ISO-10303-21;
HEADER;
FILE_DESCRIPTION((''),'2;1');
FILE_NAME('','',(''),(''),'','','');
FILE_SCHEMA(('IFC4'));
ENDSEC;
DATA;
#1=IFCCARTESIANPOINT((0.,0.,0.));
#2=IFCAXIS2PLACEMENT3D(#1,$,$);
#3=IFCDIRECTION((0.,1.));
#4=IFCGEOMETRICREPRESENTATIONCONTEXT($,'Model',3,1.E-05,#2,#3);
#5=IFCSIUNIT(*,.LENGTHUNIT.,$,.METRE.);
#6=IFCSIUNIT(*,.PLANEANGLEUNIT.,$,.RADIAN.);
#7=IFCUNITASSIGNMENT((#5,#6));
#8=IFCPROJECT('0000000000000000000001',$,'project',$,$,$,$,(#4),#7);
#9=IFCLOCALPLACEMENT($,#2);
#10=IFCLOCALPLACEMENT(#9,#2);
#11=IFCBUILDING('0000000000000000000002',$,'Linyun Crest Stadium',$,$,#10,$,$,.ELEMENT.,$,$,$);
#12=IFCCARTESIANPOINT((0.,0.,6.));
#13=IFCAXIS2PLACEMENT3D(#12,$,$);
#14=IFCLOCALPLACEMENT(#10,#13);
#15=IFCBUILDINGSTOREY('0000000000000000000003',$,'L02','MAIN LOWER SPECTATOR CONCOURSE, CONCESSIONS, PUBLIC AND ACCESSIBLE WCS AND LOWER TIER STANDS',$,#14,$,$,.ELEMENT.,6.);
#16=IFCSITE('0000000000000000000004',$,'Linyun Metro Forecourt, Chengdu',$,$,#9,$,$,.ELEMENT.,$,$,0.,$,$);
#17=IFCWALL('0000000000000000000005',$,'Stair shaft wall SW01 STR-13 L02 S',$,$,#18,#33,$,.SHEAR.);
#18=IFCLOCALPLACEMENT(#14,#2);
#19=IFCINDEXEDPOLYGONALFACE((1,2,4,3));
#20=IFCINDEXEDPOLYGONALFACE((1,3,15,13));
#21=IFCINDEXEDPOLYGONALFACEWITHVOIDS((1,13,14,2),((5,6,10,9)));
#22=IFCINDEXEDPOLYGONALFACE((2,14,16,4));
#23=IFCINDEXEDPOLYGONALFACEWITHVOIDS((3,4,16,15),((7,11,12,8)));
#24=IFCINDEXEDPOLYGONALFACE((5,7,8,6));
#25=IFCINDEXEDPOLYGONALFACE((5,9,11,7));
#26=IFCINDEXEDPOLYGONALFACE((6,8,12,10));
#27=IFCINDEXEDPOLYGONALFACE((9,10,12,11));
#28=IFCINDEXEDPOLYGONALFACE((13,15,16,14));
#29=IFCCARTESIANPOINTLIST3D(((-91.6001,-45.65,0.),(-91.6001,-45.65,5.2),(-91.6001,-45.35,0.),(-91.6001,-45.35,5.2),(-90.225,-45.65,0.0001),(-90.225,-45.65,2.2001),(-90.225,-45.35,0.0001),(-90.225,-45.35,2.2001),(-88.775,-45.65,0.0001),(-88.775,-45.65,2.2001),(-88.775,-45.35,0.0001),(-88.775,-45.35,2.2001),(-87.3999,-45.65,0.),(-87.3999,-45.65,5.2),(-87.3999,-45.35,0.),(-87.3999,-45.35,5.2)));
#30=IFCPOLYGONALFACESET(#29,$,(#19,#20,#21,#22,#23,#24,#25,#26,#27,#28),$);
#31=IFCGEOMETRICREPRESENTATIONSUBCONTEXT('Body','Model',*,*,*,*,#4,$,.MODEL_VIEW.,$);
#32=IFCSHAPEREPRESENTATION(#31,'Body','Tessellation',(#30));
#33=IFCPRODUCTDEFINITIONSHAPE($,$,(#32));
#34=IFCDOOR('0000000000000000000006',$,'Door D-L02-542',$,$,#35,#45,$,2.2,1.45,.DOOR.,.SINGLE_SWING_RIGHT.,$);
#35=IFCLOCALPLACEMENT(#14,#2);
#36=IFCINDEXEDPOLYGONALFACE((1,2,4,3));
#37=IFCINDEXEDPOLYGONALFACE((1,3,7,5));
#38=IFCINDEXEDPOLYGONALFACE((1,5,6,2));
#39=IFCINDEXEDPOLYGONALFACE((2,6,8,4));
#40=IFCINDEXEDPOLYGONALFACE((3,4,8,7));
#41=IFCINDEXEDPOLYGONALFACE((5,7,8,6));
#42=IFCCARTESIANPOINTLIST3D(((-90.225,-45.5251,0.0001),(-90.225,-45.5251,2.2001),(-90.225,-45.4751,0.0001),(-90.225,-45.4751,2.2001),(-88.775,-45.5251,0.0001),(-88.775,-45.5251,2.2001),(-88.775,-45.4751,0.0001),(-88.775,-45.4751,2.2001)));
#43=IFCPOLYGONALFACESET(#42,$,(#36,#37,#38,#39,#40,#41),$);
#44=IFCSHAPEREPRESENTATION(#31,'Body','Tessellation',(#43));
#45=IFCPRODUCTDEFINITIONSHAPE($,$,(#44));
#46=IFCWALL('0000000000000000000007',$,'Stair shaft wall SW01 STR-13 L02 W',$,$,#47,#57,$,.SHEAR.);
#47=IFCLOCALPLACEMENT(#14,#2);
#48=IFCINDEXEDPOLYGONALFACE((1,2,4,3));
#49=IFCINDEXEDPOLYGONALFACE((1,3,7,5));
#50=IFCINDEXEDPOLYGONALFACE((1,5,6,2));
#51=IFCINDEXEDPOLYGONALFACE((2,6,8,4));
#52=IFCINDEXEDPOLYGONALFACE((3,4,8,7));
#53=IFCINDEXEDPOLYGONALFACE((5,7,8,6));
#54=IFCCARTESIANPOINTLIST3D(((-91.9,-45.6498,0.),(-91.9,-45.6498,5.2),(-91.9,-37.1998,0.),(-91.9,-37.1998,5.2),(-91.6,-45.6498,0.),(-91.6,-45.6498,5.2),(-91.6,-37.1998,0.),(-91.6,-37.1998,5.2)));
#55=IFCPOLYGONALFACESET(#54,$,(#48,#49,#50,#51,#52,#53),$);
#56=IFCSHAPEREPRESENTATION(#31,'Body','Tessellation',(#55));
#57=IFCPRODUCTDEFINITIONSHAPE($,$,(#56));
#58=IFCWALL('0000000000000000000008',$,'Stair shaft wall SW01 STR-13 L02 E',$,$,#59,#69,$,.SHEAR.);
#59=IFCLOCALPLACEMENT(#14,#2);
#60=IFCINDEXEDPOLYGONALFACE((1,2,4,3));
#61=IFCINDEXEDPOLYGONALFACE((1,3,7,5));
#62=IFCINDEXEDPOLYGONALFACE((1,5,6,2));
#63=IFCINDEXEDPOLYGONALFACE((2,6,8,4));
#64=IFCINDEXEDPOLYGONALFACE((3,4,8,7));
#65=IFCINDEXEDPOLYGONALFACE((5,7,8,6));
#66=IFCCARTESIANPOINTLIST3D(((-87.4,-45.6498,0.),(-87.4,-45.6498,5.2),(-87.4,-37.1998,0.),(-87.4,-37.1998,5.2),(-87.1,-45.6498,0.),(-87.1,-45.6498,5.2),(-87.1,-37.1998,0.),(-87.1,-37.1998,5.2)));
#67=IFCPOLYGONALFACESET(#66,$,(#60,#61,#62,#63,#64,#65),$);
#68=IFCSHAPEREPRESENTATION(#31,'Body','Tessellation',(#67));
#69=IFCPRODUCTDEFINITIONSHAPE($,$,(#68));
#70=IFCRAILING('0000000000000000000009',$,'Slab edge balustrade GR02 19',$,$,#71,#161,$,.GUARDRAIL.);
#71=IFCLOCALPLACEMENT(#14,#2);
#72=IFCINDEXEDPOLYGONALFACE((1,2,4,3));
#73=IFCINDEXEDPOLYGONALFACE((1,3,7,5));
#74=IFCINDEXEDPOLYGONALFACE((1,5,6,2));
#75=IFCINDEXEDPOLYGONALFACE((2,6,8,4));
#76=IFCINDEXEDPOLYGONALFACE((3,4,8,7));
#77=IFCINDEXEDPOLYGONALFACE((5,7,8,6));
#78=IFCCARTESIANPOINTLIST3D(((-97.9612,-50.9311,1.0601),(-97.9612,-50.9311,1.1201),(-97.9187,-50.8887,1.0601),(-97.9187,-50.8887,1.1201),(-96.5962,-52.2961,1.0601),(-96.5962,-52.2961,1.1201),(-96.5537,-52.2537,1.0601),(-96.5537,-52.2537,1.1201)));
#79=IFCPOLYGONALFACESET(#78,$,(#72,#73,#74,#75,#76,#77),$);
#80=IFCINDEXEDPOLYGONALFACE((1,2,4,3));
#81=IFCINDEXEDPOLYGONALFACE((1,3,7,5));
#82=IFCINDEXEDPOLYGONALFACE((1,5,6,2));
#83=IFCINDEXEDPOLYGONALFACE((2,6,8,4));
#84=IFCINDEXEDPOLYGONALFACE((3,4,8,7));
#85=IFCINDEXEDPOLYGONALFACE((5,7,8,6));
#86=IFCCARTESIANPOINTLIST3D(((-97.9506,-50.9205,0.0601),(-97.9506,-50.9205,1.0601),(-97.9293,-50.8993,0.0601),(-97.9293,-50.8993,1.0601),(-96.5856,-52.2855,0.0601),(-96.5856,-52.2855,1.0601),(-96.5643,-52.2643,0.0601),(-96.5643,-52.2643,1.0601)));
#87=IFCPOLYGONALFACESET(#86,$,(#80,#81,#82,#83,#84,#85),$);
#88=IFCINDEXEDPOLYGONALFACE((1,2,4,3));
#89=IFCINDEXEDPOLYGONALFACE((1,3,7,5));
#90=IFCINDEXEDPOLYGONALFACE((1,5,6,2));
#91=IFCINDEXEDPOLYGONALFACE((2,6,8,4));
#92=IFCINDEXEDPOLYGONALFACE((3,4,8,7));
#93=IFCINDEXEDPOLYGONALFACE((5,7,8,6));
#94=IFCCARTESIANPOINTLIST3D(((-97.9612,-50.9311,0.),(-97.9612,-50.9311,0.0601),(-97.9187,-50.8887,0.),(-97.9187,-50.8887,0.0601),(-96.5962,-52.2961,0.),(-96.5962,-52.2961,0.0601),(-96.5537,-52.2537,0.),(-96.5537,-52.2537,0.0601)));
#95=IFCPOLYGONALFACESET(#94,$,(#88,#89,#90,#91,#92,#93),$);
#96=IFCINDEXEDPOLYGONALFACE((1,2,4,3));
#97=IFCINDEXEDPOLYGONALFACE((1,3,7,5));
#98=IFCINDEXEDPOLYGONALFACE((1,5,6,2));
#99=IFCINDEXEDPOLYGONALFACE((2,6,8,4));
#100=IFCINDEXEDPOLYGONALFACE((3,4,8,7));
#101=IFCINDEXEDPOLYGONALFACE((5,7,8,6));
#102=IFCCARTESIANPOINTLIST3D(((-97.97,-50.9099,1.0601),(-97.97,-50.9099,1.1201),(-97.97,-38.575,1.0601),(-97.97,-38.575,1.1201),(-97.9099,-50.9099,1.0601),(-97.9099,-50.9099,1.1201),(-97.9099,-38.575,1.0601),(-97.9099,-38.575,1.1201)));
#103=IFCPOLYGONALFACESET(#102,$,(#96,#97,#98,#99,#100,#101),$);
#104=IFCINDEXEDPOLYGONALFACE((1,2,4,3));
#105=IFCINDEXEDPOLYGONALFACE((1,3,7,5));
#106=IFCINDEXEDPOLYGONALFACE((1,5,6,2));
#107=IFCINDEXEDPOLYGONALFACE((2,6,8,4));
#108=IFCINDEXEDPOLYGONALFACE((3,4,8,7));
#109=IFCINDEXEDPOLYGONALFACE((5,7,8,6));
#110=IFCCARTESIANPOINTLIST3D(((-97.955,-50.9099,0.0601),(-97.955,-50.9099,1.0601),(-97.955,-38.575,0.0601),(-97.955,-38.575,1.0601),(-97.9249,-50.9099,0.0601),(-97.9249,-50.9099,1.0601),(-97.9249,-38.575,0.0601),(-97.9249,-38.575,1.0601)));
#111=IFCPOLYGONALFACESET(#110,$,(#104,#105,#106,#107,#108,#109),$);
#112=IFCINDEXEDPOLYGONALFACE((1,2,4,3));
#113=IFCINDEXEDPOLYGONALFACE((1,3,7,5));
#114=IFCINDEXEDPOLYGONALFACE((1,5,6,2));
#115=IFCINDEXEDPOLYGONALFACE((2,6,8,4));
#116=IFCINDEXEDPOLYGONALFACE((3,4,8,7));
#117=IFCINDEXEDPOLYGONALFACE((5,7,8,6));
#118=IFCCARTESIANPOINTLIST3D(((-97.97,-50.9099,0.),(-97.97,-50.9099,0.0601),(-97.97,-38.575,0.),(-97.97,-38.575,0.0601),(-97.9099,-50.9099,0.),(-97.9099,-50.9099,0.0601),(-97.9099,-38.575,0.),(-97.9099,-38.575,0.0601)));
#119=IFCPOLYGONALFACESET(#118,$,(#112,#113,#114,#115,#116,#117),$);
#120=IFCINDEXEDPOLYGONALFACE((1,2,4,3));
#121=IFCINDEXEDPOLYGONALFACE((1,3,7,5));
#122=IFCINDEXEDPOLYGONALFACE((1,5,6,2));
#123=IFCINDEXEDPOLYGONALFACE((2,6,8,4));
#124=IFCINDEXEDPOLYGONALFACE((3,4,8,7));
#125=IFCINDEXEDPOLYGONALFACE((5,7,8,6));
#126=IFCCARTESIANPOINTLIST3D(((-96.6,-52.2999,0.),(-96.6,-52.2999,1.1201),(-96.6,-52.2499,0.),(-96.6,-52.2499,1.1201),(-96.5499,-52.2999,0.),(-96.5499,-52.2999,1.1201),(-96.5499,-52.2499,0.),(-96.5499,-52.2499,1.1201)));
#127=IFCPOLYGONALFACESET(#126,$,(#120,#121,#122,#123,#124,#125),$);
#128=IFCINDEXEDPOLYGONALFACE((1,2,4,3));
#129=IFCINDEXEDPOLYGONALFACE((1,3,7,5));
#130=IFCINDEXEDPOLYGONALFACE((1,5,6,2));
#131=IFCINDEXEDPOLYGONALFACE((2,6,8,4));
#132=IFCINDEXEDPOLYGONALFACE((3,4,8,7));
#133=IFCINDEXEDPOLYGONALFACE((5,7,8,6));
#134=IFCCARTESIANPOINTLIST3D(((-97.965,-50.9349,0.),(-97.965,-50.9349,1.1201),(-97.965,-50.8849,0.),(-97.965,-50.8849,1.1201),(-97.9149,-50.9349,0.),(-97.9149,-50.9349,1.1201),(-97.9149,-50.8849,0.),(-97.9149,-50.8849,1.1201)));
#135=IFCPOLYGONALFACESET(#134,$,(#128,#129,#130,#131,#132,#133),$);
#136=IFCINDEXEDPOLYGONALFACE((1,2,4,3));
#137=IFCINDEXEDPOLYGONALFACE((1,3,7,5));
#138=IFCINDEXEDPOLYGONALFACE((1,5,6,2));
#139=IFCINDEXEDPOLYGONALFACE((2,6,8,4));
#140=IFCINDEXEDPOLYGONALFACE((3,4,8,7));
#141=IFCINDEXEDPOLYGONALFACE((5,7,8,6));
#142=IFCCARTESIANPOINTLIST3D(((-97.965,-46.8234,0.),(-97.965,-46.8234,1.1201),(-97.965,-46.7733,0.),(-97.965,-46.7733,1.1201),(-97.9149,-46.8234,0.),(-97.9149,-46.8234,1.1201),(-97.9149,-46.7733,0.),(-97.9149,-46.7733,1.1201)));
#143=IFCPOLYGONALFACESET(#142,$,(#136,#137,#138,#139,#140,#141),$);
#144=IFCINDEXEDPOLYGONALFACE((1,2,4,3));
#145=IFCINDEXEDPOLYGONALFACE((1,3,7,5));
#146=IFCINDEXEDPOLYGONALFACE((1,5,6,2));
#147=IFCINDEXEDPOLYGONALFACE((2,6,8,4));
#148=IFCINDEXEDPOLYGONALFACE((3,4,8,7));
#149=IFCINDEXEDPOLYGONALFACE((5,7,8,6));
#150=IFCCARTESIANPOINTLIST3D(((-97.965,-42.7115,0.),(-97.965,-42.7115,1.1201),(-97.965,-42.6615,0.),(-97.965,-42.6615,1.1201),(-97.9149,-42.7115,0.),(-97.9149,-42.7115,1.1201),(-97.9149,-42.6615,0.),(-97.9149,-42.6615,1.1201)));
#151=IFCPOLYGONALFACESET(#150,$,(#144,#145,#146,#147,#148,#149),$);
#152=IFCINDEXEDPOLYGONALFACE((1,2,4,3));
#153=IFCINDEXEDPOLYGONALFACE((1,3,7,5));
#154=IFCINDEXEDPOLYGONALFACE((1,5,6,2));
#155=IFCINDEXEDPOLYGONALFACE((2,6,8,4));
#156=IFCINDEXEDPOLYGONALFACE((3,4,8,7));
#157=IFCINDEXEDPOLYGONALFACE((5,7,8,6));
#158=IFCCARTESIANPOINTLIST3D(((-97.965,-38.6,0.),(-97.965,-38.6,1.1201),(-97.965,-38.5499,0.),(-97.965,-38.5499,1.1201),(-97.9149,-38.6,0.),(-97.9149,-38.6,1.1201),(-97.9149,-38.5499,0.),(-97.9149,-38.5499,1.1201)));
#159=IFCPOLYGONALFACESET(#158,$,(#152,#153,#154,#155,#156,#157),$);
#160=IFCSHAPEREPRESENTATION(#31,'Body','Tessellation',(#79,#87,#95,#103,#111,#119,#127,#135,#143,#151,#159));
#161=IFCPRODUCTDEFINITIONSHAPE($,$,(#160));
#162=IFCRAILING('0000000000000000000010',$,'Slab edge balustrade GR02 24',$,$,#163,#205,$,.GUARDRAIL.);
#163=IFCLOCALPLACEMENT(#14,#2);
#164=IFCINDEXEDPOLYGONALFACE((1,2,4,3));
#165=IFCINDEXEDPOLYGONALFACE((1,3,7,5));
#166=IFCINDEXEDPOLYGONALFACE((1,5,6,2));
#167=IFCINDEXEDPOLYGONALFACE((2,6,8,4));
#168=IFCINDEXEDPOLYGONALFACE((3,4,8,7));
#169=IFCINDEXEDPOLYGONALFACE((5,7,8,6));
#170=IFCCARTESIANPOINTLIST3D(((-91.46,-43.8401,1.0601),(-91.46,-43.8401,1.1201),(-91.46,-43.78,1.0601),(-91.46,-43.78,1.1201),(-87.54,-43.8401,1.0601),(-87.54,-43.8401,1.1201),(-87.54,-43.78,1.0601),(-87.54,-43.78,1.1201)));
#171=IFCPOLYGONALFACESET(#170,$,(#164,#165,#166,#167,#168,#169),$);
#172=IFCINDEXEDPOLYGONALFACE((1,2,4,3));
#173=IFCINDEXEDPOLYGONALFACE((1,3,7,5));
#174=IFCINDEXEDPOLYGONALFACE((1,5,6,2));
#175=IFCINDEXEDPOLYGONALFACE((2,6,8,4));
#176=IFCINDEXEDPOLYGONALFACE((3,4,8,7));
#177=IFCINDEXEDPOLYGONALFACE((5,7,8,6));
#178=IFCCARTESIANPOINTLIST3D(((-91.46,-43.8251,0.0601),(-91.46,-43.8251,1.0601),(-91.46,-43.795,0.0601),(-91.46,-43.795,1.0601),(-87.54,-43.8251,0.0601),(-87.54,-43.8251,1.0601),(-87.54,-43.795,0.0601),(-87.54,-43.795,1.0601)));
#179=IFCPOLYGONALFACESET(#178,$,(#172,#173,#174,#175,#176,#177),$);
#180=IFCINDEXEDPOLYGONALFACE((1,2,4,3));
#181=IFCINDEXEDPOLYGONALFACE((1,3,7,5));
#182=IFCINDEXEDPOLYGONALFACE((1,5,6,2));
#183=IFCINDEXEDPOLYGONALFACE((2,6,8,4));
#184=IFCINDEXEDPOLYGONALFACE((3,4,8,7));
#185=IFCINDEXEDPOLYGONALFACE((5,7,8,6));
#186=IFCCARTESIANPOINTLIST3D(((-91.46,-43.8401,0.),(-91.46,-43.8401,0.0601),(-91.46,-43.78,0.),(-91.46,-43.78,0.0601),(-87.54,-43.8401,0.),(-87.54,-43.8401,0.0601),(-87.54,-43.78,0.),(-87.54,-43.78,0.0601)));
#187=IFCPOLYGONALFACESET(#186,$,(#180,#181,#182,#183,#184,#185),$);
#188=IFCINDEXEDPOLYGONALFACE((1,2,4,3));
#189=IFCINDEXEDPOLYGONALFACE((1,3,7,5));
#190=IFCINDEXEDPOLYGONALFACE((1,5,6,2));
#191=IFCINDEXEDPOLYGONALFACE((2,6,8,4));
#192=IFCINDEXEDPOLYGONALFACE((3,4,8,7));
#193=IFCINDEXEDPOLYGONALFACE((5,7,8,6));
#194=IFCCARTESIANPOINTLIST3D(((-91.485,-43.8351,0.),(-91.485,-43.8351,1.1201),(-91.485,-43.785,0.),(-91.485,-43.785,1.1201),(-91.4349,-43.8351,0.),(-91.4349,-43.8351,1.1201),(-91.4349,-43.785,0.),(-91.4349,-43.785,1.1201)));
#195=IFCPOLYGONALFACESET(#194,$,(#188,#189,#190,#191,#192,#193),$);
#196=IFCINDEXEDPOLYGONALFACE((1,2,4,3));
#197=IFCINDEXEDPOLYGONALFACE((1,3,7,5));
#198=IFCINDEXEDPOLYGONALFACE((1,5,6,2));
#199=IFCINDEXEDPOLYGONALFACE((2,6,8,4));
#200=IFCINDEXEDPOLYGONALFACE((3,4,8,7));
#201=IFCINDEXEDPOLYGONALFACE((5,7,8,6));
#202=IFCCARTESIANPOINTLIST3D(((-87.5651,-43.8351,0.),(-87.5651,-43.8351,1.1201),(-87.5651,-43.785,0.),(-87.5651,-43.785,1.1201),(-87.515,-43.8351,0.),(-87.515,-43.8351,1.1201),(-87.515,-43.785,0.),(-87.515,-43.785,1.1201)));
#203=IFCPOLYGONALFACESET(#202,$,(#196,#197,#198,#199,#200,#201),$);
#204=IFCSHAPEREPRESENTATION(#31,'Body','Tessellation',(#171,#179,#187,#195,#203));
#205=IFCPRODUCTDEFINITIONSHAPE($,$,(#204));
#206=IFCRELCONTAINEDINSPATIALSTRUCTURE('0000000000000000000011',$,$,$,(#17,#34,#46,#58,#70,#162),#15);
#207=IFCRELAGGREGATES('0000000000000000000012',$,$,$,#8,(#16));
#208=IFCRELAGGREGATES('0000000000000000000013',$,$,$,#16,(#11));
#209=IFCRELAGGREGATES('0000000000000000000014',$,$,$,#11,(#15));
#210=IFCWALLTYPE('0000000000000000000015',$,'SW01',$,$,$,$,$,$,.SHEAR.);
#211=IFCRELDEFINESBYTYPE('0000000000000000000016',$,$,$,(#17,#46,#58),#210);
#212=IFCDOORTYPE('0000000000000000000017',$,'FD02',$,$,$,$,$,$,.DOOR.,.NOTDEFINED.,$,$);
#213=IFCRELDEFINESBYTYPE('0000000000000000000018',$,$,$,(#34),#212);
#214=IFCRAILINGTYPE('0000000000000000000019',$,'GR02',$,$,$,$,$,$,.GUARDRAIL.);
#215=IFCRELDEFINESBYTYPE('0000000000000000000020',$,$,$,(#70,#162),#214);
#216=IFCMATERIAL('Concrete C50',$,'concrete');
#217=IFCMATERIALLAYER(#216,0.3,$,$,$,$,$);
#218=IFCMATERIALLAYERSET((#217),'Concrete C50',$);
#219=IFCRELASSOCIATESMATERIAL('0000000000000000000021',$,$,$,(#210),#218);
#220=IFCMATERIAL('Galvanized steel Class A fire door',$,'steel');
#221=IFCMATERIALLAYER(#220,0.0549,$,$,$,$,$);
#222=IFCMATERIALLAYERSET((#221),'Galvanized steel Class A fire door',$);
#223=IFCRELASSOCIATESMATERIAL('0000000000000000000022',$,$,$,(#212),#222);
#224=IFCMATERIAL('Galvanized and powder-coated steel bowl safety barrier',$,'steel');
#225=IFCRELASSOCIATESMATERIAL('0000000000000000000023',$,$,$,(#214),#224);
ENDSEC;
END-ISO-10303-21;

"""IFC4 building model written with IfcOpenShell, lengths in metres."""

from ifc_helpers import new_model, si_unit, direction, frame, frame_2d, origin, origin_2d, place, context, subcontext, project, spatial, rectangle, extrude, material, layer, layer_set, type_object, element, fill, save


model = new_model("IFC4")

# Units and contexts
model_context = context("Model", 3, precision=1e-05, world=origin(), true_north=direction((0.0, 1.0)))
body_context = subcontext(model_context, "Body", "Model", "MODEL_VIEW")
ifc_project = project(units=[si_unit("LENGTHUNIT", "METRE"), si_unit("PLANEANGLEUNIT", "RADIAN")], contexts=[model_context])

# Site, building, storey
site_placement = place(None, origin())
site = spatial("IfcSite", under=ifc_project, at=site_placement, Name="Linyun Metro Forecourt, Chengdu", CompositionType="ELEMENT", RefElevation=0.0)
building_placement = place(site_placement, origin())
building = spatial("IfcBuilding", under=site, at=building_placement, Name="Linyun Crest Stadium", CompositionType="ELEMENT")
storey_placement = place(building_placement, frame((0.0, 0.0, 6.0)))
storey = spatial("IfcBuildingStorey", under=building, at=storey_placement, Name="L02", Description="MAIN LOWER SPECTATOR CONCOURSE, CONCESSIONS, PUBLIC AND ACCESSIBLE WCS AND LOWER TIER STANDS", CompositionType="ELEMENT", Elevation=6.0)

# Wall, opening, door
ifc_material_1 = material(Name="Concrete C50", Category="concrete")
ifc_layer_1 = layer(ifc_material_1, 0.3)
ifc_layer_set_1 = layer_set([ifc_layer_1], Name="Concrete C50")
wall_type_1 = type_object("IfcWallType", Name="SW01", PredefinedType="SHEAR", material=ifc_layer_set_1)
wall_1_placement = place(storey_placement, frame((-91.6001, -45.5, 0.0), z_axis=(0.0, 0.0, 1.0), x_axis=(1.0, 0.0, 0.0)))
wall_1 = element("IfcWall", 1, at=wall_1_placement, inside=storey, type_object=wall_type_1, Name="Stair shaft wall SW01 STR-13 L02 S", PredefinedType="SHEAR", context=body_context, shape_type="SweptSolid", body=[
    extrude(rectangle(XDim=4.2002, YDim=0.3, at=frame_2d((2.1001, 0.0))), origin(), (0.0, 0.0, 1.0), 5.2),
])
opening_1_placement = place(wall_1_placement, frame((1.375, 0.0, 0.0)))
opening_1 = element("IfcOpeningElement", 2, at=opening_1_placement, cuts=wall_1, PredefinedType="OPENING", context=body_context, shape_type="SweptSolid", body=[
    extrude(rectangle(XDim=1.45, YDim=2.2, at=frame_2d((0.7251, 1.1001))), frame((0.0, 0.1599, 0.0), z_axis=(0.0, -1.0, 0.0), x_axis=(1.0, 0.0, 0.0)), (0.0, 0.0, 1.0), 0.3201),
])
ifc_material_2 = material(Name="Galvanized steel Class A fire door", Category="steel")
ifc_layer_2 = layer(ifc_material_2, 0.0549)
ifc_layer_set_2 = layer_set([ifc_layer_2], Name="Galvanized steel Class A fire door")
door_type_1 = type_object("IfcDoorType", Name="FD02", OperationType="NOTDEFINED", PredefinedType="DOOR", material=ifc_layer_set_2)
door_1_placement = place(opening_1_placement, origin())
door_1 = element("IfcDoor", 3, at=door_1_placement, inside=storey, type_object=door_type_1, Name="Door D-L02-542", OperationType="SINGLE_SWING_RIGHT", OverallHeight=2.2, OverallWidth=1.45, PredefinedType="DOOR", context=body_context, shape_type="SweptSolid", body=[
    extrude(rectangle(XDim=1.45, YDim=2.2, at=frame_2d((0.7251, 1.1001))), frame((0.0, 0.0249, 0.0), z_axis=(0.0, -1.0, 0.0), x_axis=(1.0, 0.0, 0.0)), (0.0, 0.0, 1.0), 0.05),
])
fill(opening_1, door_1)

# Walls
for number, where, z_axis, x_axis, name in (
    (4, (-91.75, -45.6499, 0.0), (0.0, 0.0, 1.0), (0.0, 1.0, 0.0), "Stair shaft wall SW01 STR-13 L02 W"),
    (5, (-87.25, -45.6499, 0.0), (0.0, 0.0, 1.0), (0.0, 1.0, 0.0), "Stair shaft wall SW01 STR-13 L02 E"),
):
    element("IfcWall", number, at=place(storey_placement, frame(where, z_axis=z_axis, x_axis=x_axis)), inside=storey, type_object=wall_type_1, Name=name, PredefinedType="SHEAR", context=body_context, shape_type="SweptSolid", body=[
        extrude(rectangle(XDim=8.45, YDim=0.3, at=frame_2d((4.2251, 0.0))), origin(), (0.0, 0.0, 1.0), 5.2),
    ])

# Railings
ifc_material_3 = material(Name="Galvanized and powder-coated steel bowl safety barrier", Category="steel")
railing_type_1 = type_object("IfcRailingType", Name="GR02", PredefinedType="GUARDRAIL", material=ifc_material_3)
railing_1_placement = place(storey_placement, frame((-96.575, -52.2749, 0.0)))
element("IfcRailing", 6, at=railing_1_placement, inside=storey, type_object=railing_type_1, Name="Slab edge balustrade GR02 19", PredefinedType="GUARDRAIL", context=body_context, shape_type="SweptSolid", body=[
    extrude(rectangle(XDim=0.0601, YDim=0.0601, at=origin_2d()), frame((0.0, 0.0, 1.0901), z_axis=(-0.707107, 0.707107, 0.0), x_axis=(-0.707107, -0.707107, 0.0)), (0.0, 0.0, 1.0), 1.9304),
    extrude(rectangle(XDim=0.03, YDim=1.0, at=origin_2d()), frame((0.0, 0.0, 0.5601), z_axis=(-0.707107, 0.707107, 0.0), x_axis=(-0.707107, -0.707107, 0.0)), (0.0, 0.0, 1.0), 1.9304),
    extrude(rectangle(XDim=0.0601, YDim=0.0601, at=origin_2d()), frame((0.0, 0.0, 0.03), z_axis=(-0.707107, 0.707107, 0.0), x_axis=(-0.707107, -0.707107, 0.0)), (0.0, 0.0, 1.0), 1.9304),
    extrude(rectangle(XDim=0.0601, YDim=0.0601, at=origin_2d()), frame((-1.365, 1.365, 1.0901), z_axis=(0.0, 1.0, 0.0), x_axis=(-1.0, 0.0, 0.0)), (0.0, 0.0, 1.0), 12.335),
    extrude(rectangle(XDim=0.03, YDim=1.0, at=origin_2d()), frame((-1.365, 1.365, 0.5601), z_axis=(0.0, 1.0, 0.0), x_axis=(-1.0, 0.0, 0.0)), (0.0, 0.0, 1.0), 12.335),
    extrude(rectangle(XDim=0.0601, YDim=0.0601, at=origin_2d()), frame((-1.365, 1.365, 0.03), z_axis=(0.0, 1.0, 0.0), x_axis=(-1.0, 0.0, 0.0)), (0.0, 0.0, 1.0), 12.335),
    extrude(rectangle(XDim=0.05, YDim=0.05, at=origin_2d()), origin(), (0.0, 0.0, 1.0), 1.1201),
    extrude(rectangle(XDim=0.05, YDim=0.05, at=origin_2d()), frame((-1.365, 1.365, 0.0)), (0.0, 0.0, 1.0), 1.1201),
    extrude(rectangle(XDim=0.05, YDim=0.05, at=origin_2d()), frame((-1.365, 5.4766, 0.0)), (0.0, 0.0, 1.0), 1.1201),
    extrude(rectangle(XDim=0.05, YDim=0.05, at=origin_2d()), frame((-1.365, 9.5884, 0.0)), (0.0, 0.0, 1.0), 1.1201),
    extrude(rectangle(XDim=0.05, YDim=0.05, at=origin_2d()), frame((-1.365, 13.7, 0.0)), (0.0, 0.0, 1.0), 1.1201),
])
railing_2_placement = place(storey_placement, frame((-91.46, -43.8101, 0.0)))
element("IfcRailing", 7, at=railing_2_placement, inside=storey, type_object=railing_type_1, Name="Slab edge balustrade GR02 24", PredefinedType="GUARDRAIL", context=body_context, shape_type="SweptSolid", body=[
    extrude(rectangle(XDim=0.0601, YDim=0.0601, at=origin_2d()), frame((0.0, 0.0, 1.0901), z_axis=(1.0, 0.0, 0.0), x_axis=(0.0, 1.0, 0.0)), (0.0, 0.0, 1.0), 3.9199),
    extrude(rectangle(XDim=0.03, YDim=1.0, at=origin_2d()), frame((0.0, 0.0, 0.5601), z_axis=(1.0, 0.0, 0.0), x_axis=(0.0, 1.0, 0.0)), (0.0, 0.0, 1.0), 3.9199),
    extrude(rectangle(XDim=0.0601, YDim=0.0601, at=origin_2d()), frame((0.0, 0.0, 0.03), z_axis=(1.0, 0.0, 0.0), x_axis=(0.0, 1.0, 0.0)), (0.0, 0.0, 1.0), 3.9199),
    extrude(rectangle(XDim=0.05, YDim=0.05, at=origin_2d()), origin(), (0.0, 0.0, 1.0), 1.1201),
    extrude(rectangle(XDim=0.05, YDim=0.05, at=origin_2d()), frame((3.9199, 0.0, 0.0)), (0.0, 0.0, 1.0), 1.1201),
])

save(model, "model.ifc")
